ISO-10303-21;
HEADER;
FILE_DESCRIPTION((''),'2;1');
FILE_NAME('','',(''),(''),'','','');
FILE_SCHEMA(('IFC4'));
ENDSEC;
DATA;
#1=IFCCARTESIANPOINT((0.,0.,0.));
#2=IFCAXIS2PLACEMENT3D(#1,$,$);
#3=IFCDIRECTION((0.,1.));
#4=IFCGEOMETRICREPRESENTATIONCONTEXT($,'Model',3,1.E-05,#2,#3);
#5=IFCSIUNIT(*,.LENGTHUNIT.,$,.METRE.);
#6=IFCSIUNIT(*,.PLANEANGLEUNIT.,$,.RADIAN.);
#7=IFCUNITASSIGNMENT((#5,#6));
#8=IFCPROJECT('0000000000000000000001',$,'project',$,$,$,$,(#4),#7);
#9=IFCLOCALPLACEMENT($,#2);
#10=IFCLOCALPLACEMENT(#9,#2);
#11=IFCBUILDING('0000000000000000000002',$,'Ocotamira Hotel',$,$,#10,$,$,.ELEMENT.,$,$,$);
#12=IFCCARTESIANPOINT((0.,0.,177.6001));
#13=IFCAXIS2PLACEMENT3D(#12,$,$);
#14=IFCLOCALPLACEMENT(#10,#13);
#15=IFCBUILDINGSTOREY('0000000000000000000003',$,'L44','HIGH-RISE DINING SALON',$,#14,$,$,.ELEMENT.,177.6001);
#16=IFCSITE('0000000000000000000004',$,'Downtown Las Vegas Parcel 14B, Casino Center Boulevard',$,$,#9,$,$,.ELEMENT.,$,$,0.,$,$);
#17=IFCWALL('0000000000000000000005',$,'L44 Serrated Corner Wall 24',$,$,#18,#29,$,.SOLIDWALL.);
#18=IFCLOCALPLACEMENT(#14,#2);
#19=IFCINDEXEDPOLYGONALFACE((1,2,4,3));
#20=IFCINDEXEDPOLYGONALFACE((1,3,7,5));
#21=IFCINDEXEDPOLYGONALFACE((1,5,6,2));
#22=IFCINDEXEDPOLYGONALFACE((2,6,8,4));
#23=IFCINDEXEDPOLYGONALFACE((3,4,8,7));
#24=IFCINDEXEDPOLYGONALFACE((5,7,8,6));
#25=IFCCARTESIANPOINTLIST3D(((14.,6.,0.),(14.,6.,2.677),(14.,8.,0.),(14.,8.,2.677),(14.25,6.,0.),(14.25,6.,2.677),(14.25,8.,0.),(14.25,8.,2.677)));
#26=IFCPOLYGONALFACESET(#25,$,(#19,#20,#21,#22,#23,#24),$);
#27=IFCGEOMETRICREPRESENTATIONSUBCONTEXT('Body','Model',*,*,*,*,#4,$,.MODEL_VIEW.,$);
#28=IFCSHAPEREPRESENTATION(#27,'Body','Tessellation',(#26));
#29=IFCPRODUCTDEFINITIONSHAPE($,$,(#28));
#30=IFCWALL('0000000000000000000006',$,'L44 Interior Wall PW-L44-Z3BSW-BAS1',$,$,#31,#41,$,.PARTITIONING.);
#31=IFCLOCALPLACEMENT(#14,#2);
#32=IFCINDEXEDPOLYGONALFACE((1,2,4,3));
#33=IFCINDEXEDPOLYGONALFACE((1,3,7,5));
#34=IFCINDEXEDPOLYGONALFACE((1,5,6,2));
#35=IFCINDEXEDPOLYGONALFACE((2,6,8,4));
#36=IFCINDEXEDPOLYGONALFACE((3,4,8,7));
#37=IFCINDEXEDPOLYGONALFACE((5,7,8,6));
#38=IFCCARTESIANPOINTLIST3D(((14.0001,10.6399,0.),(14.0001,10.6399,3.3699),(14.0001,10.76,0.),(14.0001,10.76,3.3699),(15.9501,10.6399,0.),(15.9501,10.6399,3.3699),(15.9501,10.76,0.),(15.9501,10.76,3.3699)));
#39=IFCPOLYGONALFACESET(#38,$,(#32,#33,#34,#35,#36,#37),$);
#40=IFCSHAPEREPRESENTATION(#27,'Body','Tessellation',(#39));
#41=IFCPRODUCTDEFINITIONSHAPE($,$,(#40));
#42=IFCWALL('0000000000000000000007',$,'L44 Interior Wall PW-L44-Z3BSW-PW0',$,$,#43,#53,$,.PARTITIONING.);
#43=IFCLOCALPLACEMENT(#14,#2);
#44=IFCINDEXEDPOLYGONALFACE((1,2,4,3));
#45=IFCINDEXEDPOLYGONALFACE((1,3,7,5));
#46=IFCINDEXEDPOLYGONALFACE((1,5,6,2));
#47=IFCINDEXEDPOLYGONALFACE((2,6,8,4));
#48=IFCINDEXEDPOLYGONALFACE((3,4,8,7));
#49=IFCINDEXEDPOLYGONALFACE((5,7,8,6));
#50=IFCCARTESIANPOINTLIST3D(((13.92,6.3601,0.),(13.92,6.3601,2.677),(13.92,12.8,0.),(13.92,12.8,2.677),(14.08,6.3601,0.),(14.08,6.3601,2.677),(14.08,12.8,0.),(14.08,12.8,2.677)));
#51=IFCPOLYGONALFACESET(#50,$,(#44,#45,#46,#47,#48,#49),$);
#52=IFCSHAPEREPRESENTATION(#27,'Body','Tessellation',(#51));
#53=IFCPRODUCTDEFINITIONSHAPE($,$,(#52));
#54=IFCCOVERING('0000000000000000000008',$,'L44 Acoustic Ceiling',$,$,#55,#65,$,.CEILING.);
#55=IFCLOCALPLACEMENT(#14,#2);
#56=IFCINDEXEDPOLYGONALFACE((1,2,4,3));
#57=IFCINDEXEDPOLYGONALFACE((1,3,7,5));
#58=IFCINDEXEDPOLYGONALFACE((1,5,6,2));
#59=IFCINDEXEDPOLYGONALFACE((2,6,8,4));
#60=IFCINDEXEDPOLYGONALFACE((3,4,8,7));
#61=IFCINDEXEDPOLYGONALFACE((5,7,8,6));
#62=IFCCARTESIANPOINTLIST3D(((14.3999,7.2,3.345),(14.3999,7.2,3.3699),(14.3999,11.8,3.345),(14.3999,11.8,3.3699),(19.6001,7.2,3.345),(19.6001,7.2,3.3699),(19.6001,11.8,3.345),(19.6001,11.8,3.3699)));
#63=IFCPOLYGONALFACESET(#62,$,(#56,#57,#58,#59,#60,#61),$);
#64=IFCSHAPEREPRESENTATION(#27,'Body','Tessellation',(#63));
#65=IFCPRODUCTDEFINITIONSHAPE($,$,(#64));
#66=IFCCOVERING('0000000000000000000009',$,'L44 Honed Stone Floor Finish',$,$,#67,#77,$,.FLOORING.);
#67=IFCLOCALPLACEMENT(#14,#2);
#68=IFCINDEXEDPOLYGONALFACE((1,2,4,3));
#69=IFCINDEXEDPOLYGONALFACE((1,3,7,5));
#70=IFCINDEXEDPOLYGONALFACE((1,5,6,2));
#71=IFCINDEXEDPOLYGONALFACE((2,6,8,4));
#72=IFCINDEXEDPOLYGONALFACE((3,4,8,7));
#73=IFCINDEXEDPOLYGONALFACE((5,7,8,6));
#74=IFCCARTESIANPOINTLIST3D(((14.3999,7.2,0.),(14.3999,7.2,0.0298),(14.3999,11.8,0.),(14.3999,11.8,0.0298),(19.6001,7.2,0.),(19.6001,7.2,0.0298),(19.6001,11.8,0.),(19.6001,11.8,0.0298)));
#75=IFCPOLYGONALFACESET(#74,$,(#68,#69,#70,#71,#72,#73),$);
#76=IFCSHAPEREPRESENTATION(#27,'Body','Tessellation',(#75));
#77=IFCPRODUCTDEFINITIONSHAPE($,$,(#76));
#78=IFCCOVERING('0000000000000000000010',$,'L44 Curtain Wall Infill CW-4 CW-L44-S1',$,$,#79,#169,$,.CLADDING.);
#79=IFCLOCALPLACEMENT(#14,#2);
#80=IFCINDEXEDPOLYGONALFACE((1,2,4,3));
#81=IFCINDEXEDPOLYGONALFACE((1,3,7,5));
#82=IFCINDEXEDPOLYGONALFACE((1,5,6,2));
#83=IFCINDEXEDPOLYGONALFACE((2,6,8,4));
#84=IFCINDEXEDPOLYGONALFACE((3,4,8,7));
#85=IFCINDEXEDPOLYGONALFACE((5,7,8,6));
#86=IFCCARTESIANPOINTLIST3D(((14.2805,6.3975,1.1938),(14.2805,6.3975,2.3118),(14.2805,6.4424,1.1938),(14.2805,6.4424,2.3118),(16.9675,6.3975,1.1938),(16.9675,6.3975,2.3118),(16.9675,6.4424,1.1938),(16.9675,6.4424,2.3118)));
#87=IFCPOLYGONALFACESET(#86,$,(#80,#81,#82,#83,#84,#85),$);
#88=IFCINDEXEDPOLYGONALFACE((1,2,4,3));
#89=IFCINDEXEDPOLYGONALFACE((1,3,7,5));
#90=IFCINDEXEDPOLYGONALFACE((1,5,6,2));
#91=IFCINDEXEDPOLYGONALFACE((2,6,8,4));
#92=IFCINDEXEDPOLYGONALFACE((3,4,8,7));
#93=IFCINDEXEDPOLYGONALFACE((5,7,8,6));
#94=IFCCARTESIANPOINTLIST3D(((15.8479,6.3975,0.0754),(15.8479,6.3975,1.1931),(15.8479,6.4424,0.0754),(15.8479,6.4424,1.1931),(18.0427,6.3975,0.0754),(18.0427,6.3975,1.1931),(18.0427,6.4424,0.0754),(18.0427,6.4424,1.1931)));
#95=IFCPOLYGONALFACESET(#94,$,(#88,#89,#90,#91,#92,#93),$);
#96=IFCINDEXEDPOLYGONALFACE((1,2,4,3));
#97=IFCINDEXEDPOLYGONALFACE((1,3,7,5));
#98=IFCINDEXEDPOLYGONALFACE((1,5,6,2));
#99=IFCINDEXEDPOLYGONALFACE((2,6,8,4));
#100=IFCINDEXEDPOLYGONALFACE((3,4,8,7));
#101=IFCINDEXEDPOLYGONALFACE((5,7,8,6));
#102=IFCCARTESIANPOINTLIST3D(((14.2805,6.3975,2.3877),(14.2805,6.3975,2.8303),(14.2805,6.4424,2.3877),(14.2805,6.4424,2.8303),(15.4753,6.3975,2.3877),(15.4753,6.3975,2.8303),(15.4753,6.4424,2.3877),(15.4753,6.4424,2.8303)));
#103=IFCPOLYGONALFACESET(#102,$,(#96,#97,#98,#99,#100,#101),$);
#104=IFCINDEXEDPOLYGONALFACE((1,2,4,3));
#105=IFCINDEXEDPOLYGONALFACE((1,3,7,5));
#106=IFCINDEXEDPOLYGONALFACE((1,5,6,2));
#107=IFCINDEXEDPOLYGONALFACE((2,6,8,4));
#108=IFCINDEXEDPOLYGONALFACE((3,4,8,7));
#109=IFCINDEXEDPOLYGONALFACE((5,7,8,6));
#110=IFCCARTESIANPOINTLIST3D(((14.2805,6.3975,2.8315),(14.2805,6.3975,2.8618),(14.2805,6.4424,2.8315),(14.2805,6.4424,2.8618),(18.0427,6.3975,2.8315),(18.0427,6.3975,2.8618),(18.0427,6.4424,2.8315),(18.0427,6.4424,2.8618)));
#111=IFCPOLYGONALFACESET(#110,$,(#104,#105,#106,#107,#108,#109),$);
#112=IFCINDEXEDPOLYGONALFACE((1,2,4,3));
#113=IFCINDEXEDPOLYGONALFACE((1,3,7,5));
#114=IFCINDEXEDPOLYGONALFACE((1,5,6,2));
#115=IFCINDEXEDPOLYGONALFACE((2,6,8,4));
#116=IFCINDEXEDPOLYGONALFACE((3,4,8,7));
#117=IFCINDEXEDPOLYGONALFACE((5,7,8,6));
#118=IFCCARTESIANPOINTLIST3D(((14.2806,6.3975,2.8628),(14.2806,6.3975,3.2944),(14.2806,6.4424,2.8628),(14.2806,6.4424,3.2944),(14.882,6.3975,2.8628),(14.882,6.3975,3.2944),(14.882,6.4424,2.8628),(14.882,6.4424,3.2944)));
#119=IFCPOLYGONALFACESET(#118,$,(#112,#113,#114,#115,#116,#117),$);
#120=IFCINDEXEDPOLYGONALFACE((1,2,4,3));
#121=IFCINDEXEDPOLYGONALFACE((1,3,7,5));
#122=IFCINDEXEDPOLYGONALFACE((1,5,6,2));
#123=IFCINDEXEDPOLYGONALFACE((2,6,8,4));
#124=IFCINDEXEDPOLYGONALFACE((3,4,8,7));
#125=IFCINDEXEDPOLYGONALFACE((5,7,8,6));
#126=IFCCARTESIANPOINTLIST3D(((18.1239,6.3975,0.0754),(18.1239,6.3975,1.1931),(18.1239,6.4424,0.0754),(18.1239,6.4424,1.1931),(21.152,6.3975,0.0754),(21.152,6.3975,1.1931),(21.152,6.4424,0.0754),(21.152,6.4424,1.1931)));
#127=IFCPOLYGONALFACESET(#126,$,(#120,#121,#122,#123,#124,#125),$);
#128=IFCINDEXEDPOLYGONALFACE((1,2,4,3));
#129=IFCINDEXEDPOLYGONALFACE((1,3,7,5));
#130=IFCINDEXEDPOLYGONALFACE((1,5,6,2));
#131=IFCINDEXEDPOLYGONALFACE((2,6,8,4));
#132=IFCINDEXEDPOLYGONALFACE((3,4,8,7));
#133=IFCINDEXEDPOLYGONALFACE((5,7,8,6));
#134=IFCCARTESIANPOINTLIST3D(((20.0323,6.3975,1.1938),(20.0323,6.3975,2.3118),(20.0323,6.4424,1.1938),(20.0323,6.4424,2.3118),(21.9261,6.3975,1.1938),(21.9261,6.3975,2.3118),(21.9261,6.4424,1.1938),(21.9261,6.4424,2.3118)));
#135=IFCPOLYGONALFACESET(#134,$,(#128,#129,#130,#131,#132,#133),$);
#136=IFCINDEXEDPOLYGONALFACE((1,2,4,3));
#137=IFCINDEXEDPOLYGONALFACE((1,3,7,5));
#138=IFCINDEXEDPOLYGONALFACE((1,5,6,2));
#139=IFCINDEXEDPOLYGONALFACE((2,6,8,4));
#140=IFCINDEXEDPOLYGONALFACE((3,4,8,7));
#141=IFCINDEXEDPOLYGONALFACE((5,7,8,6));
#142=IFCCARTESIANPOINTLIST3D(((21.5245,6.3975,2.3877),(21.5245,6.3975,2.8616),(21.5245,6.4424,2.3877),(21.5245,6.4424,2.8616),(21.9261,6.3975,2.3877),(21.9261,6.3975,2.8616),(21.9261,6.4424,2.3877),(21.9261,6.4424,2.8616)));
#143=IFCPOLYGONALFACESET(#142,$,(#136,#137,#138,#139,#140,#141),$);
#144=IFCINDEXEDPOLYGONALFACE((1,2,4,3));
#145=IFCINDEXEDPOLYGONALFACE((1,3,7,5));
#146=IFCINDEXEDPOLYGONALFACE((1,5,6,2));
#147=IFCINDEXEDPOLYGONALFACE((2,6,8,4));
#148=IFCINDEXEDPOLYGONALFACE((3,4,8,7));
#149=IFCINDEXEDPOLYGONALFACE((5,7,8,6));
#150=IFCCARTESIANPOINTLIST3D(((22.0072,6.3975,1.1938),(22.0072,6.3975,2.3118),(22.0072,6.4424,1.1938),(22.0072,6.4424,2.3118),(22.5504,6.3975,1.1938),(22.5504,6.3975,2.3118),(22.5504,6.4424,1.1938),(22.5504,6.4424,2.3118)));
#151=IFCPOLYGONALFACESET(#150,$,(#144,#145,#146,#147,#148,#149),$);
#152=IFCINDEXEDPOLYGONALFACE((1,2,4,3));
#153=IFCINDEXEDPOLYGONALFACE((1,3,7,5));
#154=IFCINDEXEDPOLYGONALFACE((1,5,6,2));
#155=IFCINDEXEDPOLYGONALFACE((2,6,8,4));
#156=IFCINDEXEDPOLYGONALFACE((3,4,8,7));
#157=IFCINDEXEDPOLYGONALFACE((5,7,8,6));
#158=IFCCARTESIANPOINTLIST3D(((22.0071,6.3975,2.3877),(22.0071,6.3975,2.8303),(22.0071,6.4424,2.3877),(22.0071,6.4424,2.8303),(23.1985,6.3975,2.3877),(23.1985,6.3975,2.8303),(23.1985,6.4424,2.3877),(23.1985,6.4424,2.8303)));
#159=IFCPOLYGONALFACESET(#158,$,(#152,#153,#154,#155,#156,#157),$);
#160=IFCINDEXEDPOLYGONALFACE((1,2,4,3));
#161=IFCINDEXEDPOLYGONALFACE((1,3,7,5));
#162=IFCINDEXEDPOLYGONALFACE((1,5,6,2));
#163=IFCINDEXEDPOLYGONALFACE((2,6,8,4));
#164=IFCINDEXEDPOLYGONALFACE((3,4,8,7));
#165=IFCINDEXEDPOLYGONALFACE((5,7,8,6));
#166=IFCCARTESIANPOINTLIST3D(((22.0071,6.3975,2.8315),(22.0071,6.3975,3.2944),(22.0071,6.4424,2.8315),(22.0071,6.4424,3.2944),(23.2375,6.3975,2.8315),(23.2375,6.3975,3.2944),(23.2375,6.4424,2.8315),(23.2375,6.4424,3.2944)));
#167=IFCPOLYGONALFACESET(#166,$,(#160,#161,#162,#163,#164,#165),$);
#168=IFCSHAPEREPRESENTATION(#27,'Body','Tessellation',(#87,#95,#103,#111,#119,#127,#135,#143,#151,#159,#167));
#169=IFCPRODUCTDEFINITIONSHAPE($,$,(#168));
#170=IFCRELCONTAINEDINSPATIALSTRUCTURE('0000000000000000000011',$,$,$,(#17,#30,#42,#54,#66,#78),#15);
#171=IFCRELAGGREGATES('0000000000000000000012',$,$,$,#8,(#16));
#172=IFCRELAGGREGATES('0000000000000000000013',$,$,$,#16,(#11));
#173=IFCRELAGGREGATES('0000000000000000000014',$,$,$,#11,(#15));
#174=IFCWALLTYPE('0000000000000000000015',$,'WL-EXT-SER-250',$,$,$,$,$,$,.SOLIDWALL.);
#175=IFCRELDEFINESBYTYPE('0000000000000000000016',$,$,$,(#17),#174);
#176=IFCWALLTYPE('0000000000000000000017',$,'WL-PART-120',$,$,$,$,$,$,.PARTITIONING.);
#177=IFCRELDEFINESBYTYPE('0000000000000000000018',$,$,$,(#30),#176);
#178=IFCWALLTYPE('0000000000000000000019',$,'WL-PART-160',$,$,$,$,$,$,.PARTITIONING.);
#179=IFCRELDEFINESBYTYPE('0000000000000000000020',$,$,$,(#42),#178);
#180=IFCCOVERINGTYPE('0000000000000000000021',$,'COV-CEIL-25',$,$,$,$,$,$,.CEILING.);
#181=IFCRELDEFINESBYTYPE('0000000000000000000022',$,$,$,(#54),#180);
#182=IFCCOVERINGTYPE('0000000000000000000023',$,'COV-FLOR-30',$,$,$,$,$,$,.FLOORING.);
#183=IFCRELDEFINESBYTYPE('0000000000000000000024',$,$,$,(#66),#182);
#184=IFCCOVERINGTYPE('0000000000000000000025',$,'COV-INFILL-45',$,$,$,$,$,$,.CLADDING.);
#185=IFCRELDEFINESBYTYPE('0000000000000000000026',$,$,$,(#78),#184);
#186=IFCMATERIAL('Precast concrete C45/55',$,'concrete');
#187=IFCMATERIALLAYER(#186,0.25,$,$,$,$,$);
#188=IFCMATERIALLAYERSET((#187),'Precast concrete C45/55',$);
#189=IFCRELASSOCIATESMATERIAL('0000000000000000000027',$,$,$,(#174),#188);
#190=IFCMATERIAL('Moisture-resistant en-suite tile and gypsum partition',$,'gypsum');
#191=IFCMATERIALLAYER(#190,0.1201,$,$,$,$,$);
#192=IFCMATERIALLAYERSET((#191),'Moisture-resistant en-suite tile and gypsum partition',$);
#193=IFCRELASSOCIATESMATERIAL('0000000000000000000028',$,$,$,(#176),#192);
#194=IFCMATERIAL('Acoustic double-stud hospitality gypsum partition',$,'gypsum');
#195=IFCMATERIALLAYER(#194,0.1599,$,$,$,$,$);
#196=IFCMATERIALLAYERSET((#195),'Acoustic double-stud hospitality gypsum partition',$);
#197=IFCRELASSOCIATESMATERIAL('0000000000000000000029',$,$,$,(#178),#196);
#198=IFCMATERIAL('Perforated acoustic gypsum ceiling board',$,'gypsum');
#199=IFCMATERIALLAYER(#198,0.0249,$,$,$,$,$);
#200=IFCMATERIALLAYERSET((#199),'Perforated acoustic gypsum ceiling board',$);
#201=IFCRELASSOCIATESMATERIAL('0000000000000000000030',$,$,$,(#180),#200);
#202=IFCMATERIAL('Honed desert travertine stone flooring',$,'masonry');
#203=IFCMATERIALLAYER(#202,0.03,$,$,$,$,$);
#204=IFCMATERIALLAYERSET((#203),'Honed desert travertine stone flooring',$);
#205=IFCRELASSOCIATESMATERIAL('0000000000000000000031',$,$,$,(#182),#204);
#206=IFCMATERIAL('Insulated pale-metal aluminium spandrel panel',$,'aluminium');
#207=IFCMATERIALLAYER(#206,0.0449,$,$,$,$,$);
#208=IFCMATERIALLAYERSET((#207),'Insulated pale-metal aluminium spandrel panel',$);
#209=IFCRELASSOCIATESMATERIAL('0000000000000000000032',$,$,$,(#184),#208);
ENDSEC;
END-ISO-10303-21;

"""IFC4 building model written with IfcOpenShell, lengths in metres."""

from ifc_helpers import new_model, si_unit, direction, frame, frame_2d, origin, origin_2d, place, context, subcontext, project, spatial, polyline, rectangle, outline, extrude, material, layer, layer_set, type_object, element, save


model = new_model("IFC4")

# Units and contexts
model_context = context("Model", 3, precision=1e-05, world=origin(), true_north=direction((0.0, 1.0)))
body_context = subcontext(model_context, "Body", "Model", "MODEL_VIEW")
ifc_project = project(units=[si_unit("LENGTHUNIT", "METRE"), si_unit("PLANEANGLEUNIT", "RADIAN")], contexts=[model_context])

# Site, building, storey
site_placement = place(None, origin())
site = spatial("IfcSite", under=ifc_project, at=site_placement, Name="Downtown Las Vegas Parcel 14B, Casino Center Boulevard", CompositionType="ELEMENT", RefElevation=0.0)
building_placement = place(site_placement, origin())
building = spatial("IfcBuilding", under=site, at=building_placement, Name="Ocotamira Hotel", CompositionType="ELEMENT")
storey_placement = place(building_placement, frame((0.0, 0.0, 177.6001)))
storey = spatial("IfcBuildingStorey", under=building, at=storey_placement, Name="L44", Description="HIGH-RISE DINING SALON", CompositionType="ELEMENT", Elevation=177.6001)

# Walls
ifc_material_1 = material(Name="Precast concrete C45/55", Category="concrete")
ifc_layer_1 = layer(ifc_material_1, 0.25)
ifc_layer_set_1 = layer_set([ifc_layer_1], Name="Precast concrete C45/55")
wall_type_1 = type_object("IfcWallType", Name="WL-EXT-SER-250", PredefinedType="SOLIDWALL", material=ifc_layer_set_1)
wall_1_placement = place(storey_placement, frame((14.125, 8.0, 0.0), z_axis=(0.0, 0.0, 1.0), x_axis=(0.0, -1.0, 0.0)))
element("IfcWall", 1, at=wall_1_placement, inside=storey, type_object=wall_type_1, Name="L44 Serrated Corner Wall 24", PredefinedType="SOLIDWALL", context=body_context, shape_type="SweptSolid", body=[
    extrude(rectangle(XDim=2.0, YDim=0.25, at=frame_2d((1.0, 0.0))), origin(), (0.0, 0.0, 1.0), 2.677),
])
ifc_material_2 = material(Name="Moisture-resistant en-suite tile and gypsum partition", Category="gypsum")
ifc_layer_2 = layer(ifc_material_2, 0.1201)
ifc_layer_set_2 = layer_set([ifc_layer_2], Name="Moisture-resistant en-suite tile and gypsum partition")
wall_type_2 = type_object("IfcWallType", Name="WL-PART-120", PredefinedType="PARTITIONING", material=ifc_layer_set_2)
wall_2_placement = place(storey_placement, frame((14.0, 10.7, 0.0), z_axis=(0.0, 0.0, 1.0), x_axis=(1.0, 0.0, 0.0)))
element("IfcWall", 2, at=wall_2_placement, inside=storey, type_object=wall_type_2, Name="L44 Interior Wall PW-L44-Z3BSW-BAS1", PredefinedType="PARTITIONING", context=body_context, shape_type="SweptSolid", body=[
    extrude(rectangle(XDim=1.95, YDim=0.1201, at=frame_2d((0.9751, 0.0))), origin(), (0.0, 0.0, 1.0), 3.3699),
])
ifc_material_3 = material(Name="Acoustic double-stud hospitality gypsum partition", Category="gypsum")
ifc_layer_3 = layer(ifc_material_3, 0.1599)
ifc_layer_set_3 = layer_set([ifc_layer_3], Name="Acoustic double-stud hospitality gypsum partition")
wall_type_3 = type_object("IfcWallType", Name="WL-PART-160", PredefinedType="PARTITIONING", material=ifc_layer_set_3)
wall_3_placement = place(storey_placement, frame((14.0, 6.3601, 0.0), z_axis=(0.0, 0.0, 1.0), x_axis=(0.0, 1.0, 0.0)))
element("IfcWall", 3, at=wall_3_placement, inside=storey, type_object=wall_type_3, Name="L44 Interior Wall PW-L44-Z3BSW-PW0", PredefinedType="PARTITIONING", context=body_context, shape_type="SweptSolid", body=[
    extrude(rectangle(XDim=6.4399, YDim=0.1599, at=frame_2d((3.22, 0.0))), origin(), (0.0, 0.0, 1.0), 2.677),
])

# Coverings
ifc_material_4 = material(Name="Perforated acoustic gypsum ceiling board", Category="gypsum")
ifc_layer_4 = layer(ifc_material_4, 0.0249)
ifc_layer_set_4 = layer_set([ifc_layer_4], Name="Perforated acoustic gypsum ceiling board")
covering_type_1 = type_object("IfcCoveringType", Name="COV-CEIL-25", PredefinedType="CEILING", material=ifc_layer_set_4)
covering_1_placement = place(storey_placement, frame((0.0, 0.0, 3.345)))
element("IfcCovering", 4, at=covering_1_placement, inside=storey, type_object=covering_type_1, Name="L44 Acoustic Ceiling", PredefinedType="CEILING", context=body_context, shape_type="SweptSolid", body=[
    extrude(outline(polyline([(14.3999, 7.2), (19.6001, 7.2), (19.6001, 11.8), (14.3999, 11.8), (14.3999, 7.2)])), origin(), (0.0, 0.0, 1.0), 0.0249),
])
ifc_material_5 = material(Name="Honed desert travertine stone flooring", Category="masonry")
ifc_layer_5 = layer(ifc_material_5, 0.03)
ifc_layer_set_5 = layer_set([ifc_layer_5], Name="Honed desert travertine stone flooring")
covering_type_2 = type_object("IfcCoveringType", Name="COV-FLOR-30", PredefinedType="FLOORING", material=ifc_layer_set_5)
covering_2_placement = place(storey_placement, origin())
element("IfcCovering", 5, at=covering_2_placement, inside=storey, type_object=covering_type_2, Name="L44 Honed Stone Floor Finish", PredefinedType="FLOORING", context=body_context, shape_type="SweptSolid", body=[
    extrude(outline(polyline([(14.3999, 7.2), (19.6001, 7.2), (19.6001, 11.8), (14.3999, 11.8), (14.3999, 7.2)])), origin(), (0.0, 0.0, 1.0), 0.0298),
])
ifc_material_6 = material(Name="Insulated pale-metal aluminium spandrel panel", Category="aluminium")
ifc_layer_6 = layer(ifc_material_6, 0.0449)
ifc_layer_set_6 = layer_set([ifc_layer_6], Name="Insulated pale-metal aluminium spandrel panel")
covering_type_3 = type_object("IfcCoveringType", Name="COV-INFILL-45", PredefinedType="CLADDING", material=ifc_layer_set_6)
covering_3_placement = place(storey_placement, origin())
element("IfcCovering", 6, at=covering_3_placement, inside=storey, type_object=covering_type_3, Name="L44 Curtain Wall Infill CW-4 CW-L44-S1", PredefinedType="CLADDING", context=body_context, shape_type="SweptSolid", body=[
    extrude(rectangle(XDim=2.687, YDim=0.0449, at=origin_2d()), frame((15.624, 6.4199, 1.1938), z_axis=(0.0, 0.0, 1.0), x_axis=(1.0, 0.0, 0.0)), (0.0, 0.0, 1.0), 1.1179),
    extrude(rectangle(XDim=2.1948, YDim=0.0449, at=origin_2d()), frame((16.9453, 6.4199, 0.0754), z_axis=(0.0, 0.0, 1.0), x_axis=(1.0, 0.0, 0.0)), (0.0, 0.0, 1.0), 1.1177),
    extrude(rectangle(XDim=1.1948, YDim=0.0449, at=origin_2d()), frame((14.8779, 6.4199, 2.3877), z_axis=(0.0, 0.0, 1.0), x_axis=(1.0, 0.0, 0.0)), (0.0, 0.0, 1.0), 0.4426),
    extrude(rectangle(XDim=3.7622, YDim=0.0449, at=origin_2d()), frame((16.1616, 6.4199, 2.8315), z_axis=(0.0, 0.0, 1.0), x_axis=(1.0, 0.0, 0.0)), (0.0, 0.0, 1.0), 0.0303),
    extrude(rectangle(XDim=0.6013, YDim=0.0449, at=origin_2d()), frame((14.5813, 6.4199, 2.8628), z_axis=(0.0, 0.0, 1.0), x_axis=(1.0, 0.0, 0.0)), (0.0, 0.0, 1.0), 0.4316),
    extrude(rectangle(XDim=3.0281, YDim=0.0449, at=origin_2d()), frame((19.6379, 6.4199, 0.0754), z_axis=(0.0, 0.0, 1.0), x_axis=(1.0, 0.0, 0.0)), (0.0, 0.0, 1.0), 1.1177),
    extrude(rectangle(XDim=1.8938, YDim=0.0449, at=origin_2d()), frame((20.9792, 6.4199, 1.1938), z_axis=(0.0, 0.0, 1.0), x_axis=(1.0, 0.0, 0.0)), (0.0, 0.0, 1.0), 1.1179),
    extrude(rectangle(XDim=0.4016, YDim=0.0449, at=origin_2d()), frame((21.7253, 6.4199, 2.3877), z_axis=(0.0, 0.0, 1.0), x_axis=(1.0, 0.0, 0.0)), (0.0, 0.0, 1.0), 0.4739),
    extrude(rectangle(XDim=0.5432, YDim=0.0449, at=origin_2d()), frame((22.2788, 6.4199, 1.1938), z_axis=(0.0, 0.0, 1.0), x_axis=(1.0, 0.0, 0.0)), (0.0, 0.0, 1.0), 1.1179),
    extrude(rectangle(XDim=1.1914, YDim=0.0449, at=origin_2d()), frame((22.6028, 6.4199, 2.3877), z_axis=(0.0, 0.0, 1.0), x_axis=(1.0, 0.0, 0.0)), (0.0, 0.0, 1.0), 0.4426),
    extrude(rectangle(XDim=1.2305, YDim=0.0449, at=origin_2d()), frame((22.6223, 6.4199, 2.8315), z_axis=(0.0, 0.0, 1.0), x_axis=(1.0, 0.0, 0.0)), (0.0, 0.0, 1.0), 0.4629),
])

save(model, "model.ifc")
